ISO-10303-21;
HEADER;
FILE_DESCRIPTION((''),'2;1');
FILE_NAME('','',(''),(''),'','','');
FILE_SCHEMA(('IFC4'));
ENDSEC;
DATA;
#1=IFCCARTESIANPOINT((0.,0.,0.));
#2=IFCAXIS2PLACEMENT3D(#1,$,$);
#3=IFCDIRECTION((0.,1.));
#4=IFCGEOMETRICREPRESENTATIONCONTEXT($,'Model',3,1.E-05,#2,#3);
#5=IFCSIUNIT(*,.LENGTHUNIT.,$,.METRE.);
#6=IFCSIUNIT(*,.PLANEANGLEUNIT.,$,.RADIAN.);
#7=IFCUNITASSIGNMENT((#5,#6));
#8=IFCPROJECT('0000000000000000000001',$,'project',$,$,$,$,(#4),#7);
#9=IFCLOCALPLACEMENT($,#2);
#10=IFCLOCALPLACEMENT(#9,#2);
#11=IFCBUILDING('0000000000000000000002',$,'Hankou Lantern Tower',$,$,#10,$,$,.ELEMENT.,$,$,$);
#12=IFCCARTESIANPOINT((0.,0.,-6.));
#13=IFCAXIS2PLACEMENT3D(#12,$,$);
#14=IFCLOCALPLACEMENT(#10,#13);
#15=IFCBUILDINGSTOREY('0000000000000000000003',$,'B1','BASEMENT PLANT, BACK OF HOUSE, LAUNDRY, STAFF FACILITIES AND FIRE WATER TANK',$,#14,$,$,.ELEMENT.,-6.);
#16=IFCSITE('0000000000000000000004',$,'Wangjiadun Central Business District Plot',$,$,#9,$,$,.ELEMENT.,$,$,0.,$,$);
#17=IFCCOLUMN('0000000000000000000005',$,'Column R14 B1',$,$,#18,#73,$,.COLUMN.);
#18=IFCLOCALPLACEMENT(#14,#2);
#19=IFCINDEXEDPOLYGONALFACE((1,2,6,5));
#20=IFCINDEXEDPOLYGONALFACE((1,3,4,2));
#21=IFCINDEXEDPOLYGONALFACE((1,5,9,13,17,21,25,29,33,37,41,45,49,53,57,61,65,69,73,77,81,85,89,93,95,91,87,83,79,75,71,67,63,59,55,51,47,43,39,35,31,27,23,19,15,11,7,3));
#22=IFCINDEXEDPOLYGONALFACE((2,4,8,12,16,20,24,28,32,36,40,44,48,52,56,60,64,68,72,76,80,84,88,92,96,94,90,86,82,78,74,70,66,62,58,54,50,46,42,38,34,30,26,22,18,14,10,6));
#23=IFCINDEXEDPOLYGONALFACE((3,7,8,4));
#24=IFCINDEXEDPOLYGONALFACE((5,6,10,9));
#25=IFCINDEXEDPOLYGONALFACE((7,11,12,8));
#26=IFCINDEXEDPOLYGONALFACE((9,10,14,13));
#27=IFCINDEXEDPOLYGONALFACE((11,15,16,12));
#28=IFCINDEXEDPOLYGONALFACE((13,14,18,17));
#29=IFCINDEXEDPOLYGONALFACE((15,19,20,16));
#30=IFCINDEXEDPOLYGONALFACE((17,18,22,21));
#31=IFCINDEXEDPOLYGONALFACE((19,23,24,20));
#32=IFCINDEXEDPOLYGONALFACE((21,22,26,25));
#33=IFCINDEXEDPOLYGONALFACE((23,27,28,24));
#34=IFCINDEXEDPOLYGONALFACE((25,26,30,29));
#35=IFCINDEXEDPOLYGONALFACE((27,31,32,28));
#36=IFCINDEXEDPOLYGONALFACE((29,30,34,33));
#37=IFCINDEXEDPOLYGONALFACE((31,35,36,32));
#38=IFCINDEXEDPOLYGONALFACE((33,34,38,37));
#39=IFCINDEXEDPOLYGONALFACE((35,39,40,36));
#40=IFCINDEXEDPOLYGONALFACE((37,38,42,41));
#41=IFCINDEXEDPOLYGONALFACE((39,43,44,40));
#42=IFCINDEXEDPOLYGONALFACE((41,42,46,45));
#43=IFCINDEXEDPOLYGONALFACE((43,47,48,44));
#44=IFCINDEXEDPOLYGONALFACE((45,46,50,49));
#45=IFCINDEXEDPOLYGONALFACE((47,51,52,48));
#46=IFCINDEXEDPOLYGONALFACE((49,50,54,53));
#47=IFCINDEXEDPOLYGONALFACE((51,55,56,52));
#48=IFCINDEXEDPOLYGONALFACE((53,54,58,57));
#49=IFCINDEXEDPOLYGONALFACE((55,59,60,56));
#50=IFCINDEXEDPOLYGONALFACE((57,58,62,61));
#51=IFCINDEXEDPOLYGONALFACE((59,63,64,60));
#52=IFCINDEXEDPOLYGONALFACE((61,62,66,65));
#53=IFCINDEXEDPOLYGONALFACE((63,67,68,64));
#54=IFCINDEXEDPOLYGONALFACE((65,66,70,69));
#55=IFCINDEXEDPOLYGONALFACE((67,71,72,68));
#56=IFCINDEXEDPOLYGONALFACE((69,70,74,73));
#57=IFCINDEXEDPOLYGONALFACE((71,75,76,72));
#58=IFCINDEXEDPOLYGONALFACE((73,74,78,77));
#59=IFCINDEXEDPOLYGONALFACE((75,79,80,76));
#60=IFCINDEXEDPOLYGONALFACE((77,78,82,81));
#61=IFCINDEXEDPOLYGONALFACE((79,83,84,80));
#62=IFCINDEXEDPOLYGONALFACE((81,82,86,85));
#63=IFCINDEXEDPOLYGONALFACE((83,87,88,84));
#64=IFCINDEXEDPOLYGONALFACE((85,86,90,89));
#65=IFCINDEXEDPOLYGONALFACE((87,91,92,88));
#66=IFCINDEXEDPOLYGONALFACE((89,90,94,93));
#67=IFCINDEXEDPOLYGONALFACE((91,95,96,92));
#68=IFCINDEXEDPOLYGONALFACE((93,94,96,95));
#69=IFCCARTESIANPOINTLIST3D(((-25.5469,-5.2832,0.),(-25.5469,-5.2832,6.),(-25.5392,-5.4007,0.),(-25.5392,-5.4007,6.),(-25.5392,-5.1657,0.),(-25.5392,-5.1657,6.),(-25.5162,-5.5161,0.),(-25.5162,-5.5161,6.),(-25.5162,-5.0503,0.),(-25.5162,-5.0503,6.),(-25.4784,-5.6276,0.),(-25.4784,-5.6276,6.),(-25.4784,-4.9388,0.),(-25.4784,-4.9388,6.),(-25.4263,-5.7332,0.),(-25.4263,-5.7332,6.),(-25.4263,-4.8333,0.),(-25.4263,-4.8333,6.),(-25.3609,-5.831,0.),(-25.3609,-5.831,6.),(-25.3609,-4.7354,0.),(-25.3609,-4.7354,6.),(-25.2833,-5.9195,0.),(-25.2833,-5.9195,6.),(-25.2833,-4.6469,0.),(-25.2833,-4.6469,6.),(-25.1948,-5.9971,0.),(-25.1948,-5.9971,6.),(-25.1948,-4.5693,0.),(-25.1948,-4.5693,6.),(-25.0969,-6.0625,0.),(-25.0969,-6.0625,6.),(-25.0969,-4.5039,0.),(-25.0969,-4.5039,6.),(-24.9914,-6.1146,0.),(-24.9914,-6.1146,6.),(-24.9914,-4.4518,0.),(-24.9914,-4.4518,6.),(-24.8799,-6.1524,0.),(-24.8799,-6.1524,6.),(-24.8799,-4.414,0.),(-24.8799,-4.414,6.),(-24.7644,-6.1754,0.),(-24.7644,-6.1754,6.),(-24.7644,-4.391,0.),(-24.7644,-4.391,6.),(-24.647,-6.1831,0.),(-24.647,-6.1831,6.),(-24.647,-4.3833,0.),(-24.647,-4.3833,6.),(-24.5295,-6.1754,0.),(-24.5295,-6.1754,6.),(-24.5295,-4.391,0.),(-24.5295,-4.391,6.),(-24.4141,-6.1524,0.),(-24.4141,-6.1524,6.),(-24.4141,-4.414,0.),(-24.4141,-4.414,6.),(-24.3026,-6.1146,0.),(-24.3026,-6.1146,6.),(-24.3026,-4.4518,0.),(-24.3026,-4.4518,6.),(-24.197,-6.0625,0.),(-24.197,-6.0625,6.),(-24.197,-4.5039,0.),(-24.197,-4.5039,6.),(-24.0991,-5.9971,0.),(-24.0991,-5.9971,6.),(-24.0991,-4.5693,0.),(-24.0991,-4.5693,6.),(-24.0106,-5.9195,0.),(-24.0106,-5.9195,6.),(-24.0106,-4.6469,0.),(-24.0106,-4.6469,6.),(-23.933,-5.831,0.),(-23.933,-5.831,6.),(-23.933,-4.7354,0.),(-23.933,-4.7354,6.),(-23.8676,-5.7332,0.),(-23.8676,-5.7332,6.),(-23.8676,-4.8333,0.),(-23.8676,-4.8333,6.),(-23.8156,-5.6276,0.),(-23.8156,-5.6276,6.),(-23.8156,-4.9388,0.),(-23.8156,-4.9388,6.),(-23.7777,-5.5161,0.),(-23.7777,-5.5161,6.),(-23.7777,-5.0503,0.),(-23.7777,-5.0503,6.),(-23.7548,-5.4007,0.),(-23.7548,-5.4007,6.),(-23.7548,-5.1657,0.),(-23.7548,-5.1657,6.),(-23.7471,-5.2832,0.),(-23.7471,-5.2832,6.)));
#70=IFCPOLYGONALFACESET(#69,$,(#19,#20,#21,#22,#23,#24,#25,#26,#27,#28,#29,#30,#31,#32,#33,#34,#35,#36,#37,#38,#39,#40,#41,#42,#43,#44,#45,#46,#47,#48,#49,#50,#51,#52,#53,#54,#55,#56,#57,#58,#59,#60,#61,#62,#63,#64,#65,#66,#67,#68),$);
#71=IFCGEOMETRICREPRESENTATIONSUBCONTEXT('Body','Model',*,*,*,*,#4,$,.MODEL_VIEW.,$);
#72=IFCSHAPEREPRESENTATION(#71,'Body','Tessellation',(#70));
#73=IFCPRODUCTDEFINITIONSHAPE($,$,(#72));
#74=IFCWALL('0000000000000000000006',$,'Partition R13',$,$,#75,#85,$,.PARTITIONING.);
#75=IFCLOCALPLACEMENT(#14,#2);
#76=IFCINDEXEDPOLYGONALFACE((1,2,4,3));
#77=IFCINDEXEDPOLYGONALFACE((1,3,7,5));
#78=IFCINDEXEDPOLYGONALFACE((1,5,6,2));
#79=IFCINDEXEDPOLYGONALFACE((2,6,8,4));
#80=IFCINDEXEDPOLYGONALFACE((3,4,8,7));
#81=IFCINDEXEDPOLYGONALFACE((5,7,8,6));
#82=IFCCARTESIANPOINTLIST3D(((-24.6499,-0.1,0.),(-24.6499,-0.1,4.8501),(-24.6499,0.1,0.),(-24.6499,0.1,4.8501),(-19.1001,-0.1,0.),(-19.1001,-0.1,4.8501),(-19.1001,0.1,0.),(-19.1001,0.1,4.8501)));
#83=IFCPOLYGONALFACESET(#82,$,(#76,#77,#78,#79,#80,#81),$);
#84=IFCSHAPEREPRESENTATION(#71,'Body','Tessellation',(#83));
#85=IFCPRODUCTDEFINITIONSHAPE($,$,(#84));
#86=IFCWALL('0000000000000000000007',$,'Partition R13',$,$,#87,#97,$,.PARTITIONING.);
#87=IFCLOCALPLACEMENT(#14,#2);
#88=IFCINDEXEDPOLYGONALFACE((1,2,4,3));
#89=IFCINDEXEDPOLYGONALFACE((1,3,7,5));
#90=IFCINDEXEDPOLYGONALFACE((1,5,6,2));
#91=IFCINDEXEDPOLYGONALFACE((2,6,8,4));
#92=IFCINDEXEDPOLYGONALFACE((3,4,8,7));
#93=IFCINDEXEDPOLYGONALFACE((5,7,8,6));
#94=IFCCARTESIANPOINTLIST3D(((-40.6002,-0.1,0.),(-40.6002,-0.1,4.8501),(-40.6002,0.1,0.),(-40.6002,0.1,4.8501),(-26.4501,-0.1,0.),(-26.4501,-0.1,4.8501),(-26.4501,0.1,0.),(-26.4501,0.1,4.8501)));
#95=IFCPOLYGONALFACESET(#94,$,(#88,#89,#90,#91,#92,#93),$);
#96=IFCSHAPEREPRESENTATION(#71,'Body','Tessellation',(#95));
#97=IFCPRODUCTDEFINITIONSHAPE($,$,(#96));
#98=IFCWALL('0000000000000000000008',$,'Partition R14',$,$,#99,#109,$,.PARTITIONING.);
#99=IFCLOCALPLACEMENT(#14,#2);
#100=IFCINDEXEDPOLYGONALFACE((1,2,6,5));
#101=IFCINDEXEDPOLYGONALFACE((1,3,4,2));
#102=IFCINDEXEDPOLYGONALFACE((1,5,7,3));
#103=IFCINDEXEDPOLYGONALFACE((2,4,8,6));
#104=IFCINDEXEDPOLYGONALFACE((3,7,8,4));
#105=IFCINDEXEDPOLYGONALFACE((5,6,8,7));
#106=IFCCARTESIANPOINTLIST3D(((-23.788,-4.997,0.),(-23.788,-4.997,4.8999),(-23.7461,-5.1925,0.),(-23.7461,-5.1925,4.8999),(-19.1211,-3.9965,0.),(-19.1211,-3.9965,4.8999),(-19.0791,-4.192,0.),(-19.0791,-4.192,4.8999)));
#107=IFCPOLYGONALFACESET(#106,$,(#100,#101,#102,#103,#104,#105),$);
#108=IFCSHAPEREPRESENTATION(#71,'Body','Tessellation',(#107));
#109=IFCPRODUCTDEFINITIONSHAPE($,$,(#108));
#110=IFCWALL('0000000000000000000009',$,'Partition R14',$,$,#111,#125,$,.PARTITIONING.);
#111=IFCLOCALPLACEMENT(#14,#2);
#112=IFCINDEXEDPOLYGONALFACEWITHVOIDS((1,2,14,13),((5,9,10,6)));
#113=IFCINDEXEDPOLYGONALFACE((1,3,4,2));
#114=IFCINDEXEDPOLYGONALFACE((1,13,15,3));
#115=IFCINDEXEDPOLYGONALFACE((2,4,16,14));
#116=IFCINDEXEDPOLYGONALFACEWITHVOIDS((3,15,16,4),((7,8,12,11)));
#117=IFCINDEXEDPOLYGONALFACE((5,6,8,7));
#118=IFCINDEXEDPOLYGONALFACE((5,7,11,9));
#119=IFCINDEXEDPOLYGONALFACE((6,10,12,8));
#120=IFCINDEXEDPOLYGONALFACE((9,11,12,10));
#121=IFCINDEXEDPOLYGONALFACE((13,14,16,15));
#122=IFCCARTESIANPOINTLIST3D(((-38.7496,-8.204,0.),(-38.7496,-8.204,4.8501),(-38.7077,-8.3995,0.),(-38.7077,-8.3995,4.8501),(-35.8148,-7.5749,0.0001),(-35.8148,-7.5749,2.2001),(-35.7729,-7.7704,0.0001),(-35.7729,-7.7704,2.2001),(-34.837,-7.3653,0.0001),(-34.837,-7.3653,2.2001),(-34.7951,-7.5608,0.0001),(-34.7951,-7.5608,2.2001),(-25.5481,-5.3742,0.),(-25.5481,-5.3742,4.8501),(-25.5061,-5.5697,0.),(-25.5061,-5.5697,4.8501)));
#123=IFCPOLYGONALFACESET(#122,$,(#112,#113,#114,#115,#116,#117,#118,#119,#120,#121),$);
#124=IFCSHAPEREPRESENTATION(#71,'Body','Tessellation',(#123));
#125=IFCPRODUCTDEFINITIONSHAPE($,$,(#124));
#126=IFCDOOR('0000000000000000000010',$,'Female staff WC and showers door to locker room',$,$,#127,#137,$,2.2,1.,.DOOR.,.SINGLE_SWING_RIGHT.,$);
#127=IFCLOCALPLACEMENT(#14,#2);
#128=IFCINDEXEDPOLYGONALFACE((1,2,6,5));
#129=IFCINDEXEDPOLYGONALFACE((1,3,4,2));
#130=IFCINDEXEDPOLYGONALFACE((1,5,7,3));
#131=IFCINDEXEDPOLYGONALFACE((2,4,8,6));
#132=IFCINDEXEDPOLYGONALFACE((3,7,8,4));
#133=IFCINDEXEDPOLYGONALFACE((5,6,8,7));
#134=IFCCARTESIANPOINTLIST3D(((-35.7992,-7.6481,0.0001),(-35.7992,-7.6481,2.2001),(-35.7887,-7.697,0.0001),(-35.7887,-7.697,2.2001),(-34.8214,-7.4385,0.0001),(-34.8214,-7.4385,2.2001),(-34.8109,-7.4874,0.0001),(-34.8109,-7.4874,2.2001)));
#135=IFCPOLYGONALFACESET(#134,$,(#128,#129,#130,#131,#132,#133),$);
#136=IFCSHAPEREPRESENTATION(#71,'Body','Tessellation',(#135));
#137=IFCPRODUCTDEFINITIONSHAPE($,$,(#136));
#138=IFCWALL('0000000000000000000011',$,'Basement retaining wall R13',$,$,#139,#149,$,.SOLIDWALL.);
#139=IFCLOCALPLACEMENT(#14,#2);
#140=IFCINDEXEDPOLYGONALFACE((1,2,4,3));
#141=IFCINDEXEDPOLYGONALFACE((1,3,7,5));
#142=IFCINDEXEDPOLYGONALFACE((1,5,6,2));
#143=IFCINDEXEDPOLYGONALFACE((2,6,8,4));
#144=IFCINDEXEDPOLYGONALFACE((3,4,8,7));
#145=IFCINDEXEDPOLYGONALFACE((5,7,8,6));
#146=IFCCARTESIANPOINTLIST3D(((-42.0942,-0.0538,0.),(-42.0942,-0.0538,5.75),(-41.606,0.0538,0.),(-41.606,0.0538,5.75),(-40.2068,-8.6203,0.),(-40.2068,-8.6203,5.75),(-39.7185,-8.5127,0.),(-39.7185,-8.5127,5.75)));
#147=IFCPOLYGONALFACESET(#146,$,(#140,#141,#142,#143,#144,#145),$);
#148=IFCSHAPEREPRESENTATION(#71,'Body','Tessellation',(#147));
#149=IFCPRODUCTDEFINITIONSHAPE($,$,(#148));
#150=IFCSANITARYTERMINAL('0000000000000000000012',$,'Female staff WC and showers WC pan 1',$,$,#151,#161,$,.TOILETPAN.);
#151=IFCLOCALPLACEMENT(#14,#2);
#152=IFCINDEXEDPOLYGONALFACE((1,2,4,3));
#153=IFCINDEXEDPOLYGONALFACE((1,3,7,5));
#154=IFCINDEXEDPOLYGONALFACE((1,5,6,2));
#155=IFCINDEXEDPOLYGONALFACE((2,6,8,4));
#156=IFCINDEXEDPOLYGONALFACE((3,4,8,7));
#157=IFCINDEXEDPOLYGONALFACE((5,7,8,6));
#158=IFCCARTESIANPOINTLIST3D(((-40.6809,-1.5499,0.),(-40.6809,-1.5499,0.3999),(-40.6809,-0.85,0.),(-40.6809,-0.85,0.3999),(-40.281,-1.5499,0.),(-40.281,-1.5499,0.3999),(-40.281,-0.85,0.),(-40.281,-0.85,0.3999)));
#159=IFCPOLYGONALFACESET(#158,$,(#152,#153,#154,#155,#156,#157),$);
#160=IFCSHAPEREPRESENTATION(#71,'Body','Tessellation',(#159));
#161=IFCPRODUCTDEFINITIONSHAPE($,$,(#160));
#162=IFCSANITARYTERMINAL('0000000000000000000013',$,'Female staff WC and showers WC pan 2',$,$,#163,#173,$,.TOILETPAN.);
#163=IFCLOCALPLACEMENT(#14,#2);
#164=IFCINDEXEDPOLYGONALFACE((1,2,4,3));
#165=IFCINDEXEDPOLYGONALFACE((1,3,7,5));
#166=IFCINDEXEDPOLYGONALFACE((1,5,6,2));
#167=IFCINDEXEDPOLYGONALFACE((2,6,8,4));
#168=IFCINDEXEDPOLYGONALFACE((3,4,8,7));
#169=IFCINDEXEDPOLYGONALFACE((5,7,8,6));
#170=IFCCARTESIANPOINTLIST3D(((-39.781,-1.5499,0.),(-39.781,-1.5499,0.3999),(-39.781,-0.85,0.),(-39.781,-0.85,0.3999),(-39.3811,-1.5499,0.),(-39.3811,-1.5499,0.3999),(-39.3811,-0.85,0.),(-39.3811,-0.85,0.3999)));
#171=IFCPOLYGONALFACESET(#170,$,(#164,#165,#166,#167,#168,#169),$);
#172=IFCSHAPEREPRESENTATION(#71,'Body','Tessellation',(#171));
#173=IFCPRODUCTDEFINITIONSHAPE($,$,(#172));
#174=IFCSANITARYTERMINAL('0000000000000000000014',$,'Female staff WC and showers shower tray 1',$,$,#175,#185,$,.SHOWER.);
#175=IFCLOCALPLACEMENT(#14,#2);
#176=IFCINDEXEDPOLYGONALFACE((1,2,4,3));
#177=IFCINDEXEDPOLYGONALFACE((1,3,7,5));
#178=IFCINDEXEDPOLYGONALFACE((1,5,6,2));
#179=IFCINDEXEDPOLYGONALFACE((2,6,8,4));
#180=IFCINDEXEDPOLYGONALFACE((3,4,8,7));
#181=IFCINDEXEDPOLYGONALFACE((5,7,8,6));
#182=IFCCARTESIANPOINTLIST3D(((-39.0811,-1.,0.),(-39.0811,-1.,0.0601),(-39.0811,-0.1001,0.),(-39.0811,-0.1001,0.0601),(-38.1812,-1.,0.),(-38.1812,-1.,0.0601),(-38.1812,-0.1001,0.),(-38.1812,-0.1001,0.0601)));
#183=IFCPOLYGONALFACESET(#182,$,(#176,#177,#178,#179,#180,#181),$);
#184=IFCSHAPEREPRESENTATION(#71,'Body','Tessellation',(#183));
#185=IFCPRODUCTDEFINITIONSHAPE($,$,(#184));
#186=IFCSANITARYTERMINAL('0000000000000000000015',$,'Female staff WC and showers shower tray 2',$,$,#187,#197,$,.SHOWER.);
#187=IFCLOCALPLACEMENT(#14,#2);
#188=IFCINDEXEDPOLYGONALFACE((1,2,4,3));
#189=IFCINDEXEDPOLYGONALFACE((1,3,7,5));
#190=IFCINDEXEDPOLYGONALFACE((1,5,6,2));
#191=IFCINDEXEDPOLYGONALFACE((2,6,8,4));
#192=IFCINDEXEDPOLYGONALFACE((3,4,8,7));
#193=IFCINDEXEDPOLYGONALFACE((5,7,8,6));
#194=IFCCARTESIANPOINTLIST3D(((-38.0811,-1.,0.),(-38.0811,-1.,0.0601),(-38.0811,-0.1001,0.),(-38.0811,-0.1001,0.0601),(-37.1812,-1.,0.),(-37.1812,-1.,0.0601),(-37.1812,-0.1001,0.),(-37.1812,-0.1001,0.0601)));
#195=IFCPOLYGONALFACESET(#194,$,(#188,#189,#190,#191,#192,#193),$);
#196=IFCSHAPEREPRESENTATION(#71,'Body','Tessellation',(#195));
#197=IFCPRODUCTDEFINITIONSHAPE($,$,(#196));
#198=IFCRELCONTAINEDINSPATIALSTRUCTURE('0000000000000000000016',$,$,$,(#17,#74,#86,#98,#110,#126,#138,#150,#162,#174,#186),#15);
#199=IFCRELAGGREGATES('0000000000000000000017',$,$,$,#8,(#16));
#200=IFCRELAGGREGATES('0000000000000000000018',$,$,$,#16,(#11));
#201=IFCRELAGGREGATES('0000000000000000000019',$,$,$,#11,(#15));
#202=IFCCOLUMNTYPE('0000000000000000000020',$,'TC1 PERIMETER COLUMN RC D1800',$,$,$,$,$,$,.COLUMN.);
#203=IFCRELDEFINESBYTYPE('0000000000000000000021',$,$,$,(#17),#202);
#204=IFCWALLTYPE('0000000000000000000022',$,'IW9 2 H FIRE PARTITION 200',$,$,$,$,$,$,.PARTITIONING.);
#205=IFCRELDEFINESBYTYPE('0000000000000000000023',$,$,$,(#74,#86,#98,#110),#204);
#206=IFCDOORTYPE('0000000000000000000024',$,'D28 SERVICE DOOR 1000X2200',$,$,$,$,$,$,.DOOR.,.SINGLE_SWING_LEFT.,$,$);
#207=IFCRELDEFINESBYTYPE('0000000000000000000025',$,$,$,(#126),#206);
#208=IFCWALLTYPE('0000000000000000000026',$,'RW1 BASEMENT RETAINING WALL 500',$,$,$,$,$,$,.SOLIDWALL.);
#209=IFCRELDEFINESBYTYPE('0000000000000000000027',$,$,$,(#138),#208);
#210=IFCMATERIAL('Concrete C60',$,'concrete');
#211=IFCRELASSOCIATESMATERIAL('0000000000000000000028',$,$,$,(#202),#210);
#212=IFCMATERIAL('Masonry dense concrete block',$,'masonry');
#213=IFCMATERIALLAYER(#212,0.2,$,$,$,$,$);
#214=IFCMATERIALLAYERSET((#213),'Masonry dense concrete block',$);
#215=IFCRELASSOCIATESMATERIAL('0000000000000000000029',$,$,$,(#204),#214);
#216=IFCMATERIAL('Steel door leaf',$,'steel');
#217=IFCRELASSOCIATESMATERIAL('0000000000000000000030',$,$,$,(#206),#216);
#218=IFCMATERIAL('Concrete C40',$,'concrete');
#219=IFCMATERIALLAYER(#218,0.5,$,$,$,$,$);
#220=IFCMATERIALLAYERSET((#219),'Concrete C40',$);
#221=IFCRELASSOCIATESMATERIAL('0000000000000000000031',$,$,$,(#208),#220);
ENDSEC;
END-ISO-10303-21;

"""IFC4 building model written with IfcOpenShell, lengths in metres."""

from ifc_helpers import new_model, si_unit, direction, frame, frame_2d, origin, origin_2d, place, context, subcontext, project, spatial, rectangle, circle, extrude, material, layer, layer_set, material_profile, profile_set, type_object, element, fill, save


model = new_model("IFC4")

# Units and contexts
model_context = context("Model", 3, precision=1e-05, world=origin(), true_north=direction((0.0, 1.0)))
body_context = subcontext(model_context, "Body", "Model", "MODEL_VIEW")
ifc_project = project(units=[si_unit("LENGTHUNIT", "METRE"), si_unit("PLANEANGLEUNIT", "RADIAN")], contexts=[model_context])

# Site, building, storey
site_placement = place(None, origin())
site = spatial("IfcSite", under=ifc_project, at=site_placement, Name="Wangjiadun Central Business District Plot", CompositionType="ELEMENT", RefElevation=0.0)
building_placement = place(site_placement, origin())
building = spatial("IfcBuilding", under=site, at=building_placement, Name="Hankou Lantern Tower", CompositionType="ELEMENT")
storey_placement = place(building_placement, frame((0.0, 0.0, -6.0)))
storey = spatial("IfcBuildingStorey", under=building, at=storey_placement, Name="B1", Description="BASEMENT PLANT, BACK OF HOUSE, LAUNDRY, STAFF FACILITIES AND FIRE WATER TANK", CompositionType="ELEMENT", Elevation=-6.0)

# Column
ifc_material_1 = material(Name="Concrete C60", Category="concrete")
ifc_material_profile_1 = material_profile(ifc_material_1, circle(Radius=0.8999, at=origin_2d()), Name="RC D1800")
ifc_profile_set_1 = profile_set([ifc_material_profile_1], Name="Concrete C60")
column_type_1 = type_object("IfcColumnType", Name="TC1 PERIMETER COLUMN RC D1800", PredefinedType="COLUMN", material=ifc_profile_set_1)
for number, where, z_axis, x_axis, name in (
    (1, (-24.647, -5.2832, 0.0), (0.0, 0.0, 1.0), (1.0, 0.0, 0.0), "Column R14 B1"),
):
    element("IfcColumn", number, at=place(storey_placement, frame(where, z_axis=z_axis, x_axis=x_axis)), inside=storey, type_object=column_type_1, Name=name, PredefinedType="COLUMN", context=body_context, shape_type="SweptSolid", body=[
        extrude(circle(Radius=0.8999, at=origin_2d()), origin(), (0.0, 0.0, 1.0), 6.0),
    ])

# Walls
ifc_material_2 = material(Name="Masonry dense concrete block", Category="masonry")
ifc_layer_1 = layer(ifc_material_2, 0.2)
ifc_layer_set_1 = layer_set([ifc_layer_1], Name="Masonry dense concrete block")
wall_type_1 = type_object("IfcWallType", Name="IW9 2 H FIRE PARTITION 200", PredefinedType="PARTITIONING", material=ifc_layer_set_1)
wall_1_placement = place(storey_placement, frame((-19.1001, 0.0, 0.0), z_axis=(0.0, 0.0, 1.0), x_axis=(-1.0, 0.0, 0.0)))
element("IfcWall", 2, at=wall_1_placement, inside=storey, type_object=wall_type_1, Name="Partition R13", PredefinedType="PARTITIONING", context=body_context, shape_type="SweptSolid", body=[
    extrude(rectangle(XDim=5.5498, YDim=0.2, at=frame_2d((2.7749, 0.0))), origin(), (0.0, 0.0, 1.0), 4.8501),
])
wall_2_placement = place(storey_placement, frame((-26.45, 0.0, 0.0), z_axis=(0.0, 0.0, 1.0), x_axis=(-1.0, 0.0, 0.0)))
element("IfcWall", 3, at=wall_2_placement, inside=storey, type_object=wall_type_1, Name="Partition R13", PredefinedType="PARTITIONING", context=body_context, shape_type="SweptSolid", body=[
    extrude(rectangle(XDim=14.1501, YDim=0.2, at=frame_2d((7.0752, 0.0))), origin(), (0.0, 0.0, 1.0), 4.8501),
])
wall_3_placement = place(storey_placement, frame((-19.1001, -4.0942, 0.0), z_axis=(0.0, 0.0, 1.0), x_axis=(-0.977784, -0.209613, 0.0)))
element("IfcWall", 4, at=wall_3_placement, inside=storey, type_object=wall_type_1, Name="Partition R14", PredefinedType="PARTITIONING", context=body_context, shape_type="SweptSolid", body=[
    extrude(rectangle(XDim=4.7729, YDim=0.2, at=frame_2d((2.3865, 0.0))), origin(), (0.0, 0.0, 1.0), 4.8999),
])

# Wall, opening, door
wall_4_placement = place(storey_placement, frame((-25.5271, -5.4719, 0.0), z_axis=(0.0, 0.0, 1.0), x_axis=(-0.977789, -0.209593, 0.0)))
wall_4 = element("IfcWall", 5, at=wall_4_placement, inside=storey, type_object=wall_type_1, Name="Partition R14", PredefinedType="PARTITIONING", context=body_context, shape_type="SweptSolid", body=[
    extrude(rectangle(XDim=13.5015, YDim=0.2, at=frame_2d((6.7507, 0.0))), origin(), (0.0, 0.0, 1.0), 4.8501),
])
opening_placement = place(wall_4_placement, frame((9.5, 0.0, 0.0)))
opening = element("IfcOpeningElement", 6, at=opening_placement, cuts=wall_4, PredefinedType="OPENING", context=body_context, shape_type="SweptSolid", body=[
    extrude(rectangle(XDim=1.0, YDim=2.2, at=frame_2d((0.5, 1.1001))), frame((0.0, 0.1099, 0.0), z_axis=(0.0, -1.0, 0.0), x_axis=(1.0, 0.0, 0.0)), (0.0, 0.0, 1.0), 0.22),
])
ifc_material_3 = material(Name="Steel door leaf", Category="steel")
door_type = type_object("IfcDoorType", Name="D28 SERVICE DOOR 1000X2200", OperationType="SINGLE_SWING_LEFT", PredefinedType="DOOR", material=ifc_material_3)
door_placement = place(opening_placement, origin())
door = element("IfcDoor", 7, at=door_placement, inside=storey, type_object=door_type, Name="Female staff WC and showers door to locker room", OperationType="SINGLE_SWING_RIGHT", OverallHeight=2.2, OverallWidth=1.0, PredefinedType="DOOR", context=body_context, shape_type="SweptSolid", body=[
    extrude(rectangle(XDim=1.0, YDim=2.2, at=frame_2d((0.5, 1.1001))), frame((0.0, 0.0249, 0.0), z_axis=(0.0, -1.0, 0.0), x_axis=(1.0, 0.0, 0.0)), (0.0, 0.0, 1.0), 0.05),
])
fill(opening, door)

# Wall
ifc_material_4 = material(Name="Concrete C40", Category="concrete")
ifc_layer_2 = layer(ifc_material_4, 0.5)
ifc_layer_set_2 = layer_set([ifc_layer_2], Name="Concrete C40")
wall_type_2 = type_object("IfcWallType", Name="RW1 BASEMENT RETAINING WALL 500", PredefinedType="SOLIDWALL", material=ifc_layer_set_2)
wall_5_placement = place(storey_placement, frame((-41.8501, 0.0, 0.0), z_axis=(0.0, 0.0, 1.0), x_axis=(0.215171, -0.976576, 0.0)))
element("IfcWall", 8, at=wall_5_placement, inside=storey, type_object=wall_type_2, Name="Basement retaining wall R13", PredefinedType="SOLIDWALL", context=body_context, shape_type="SweptSolid", body=[
    extrude(rectangle(XDim=8.772, YDim=0.5, at=frame_2d((4.386, 0.0))), origin(), (0.0, 0.0, 1.0), 5.75),
])

# Sanitary terminals
for number, where, z_axis, x_axis, name in (
    (9, (-40.481, -1.2, 0.0), (0.0, 0.0, 1.0), (1.0, 0.0, 0.0), "Female staff WC and showers WC pan 1"),
    (10, (-39.5811, -1.2, 0.0), (0.0, 0.0, 1.0), (1.0, 0.0, 0.0), "Female staff WC and showers WC pan 2"),
):
    element("IfcSanitaryTerminal", number, at=place(storey_placement, frame(where, z_axis=z_axis, x_axis=x_axis)), inside=storey, Name=name, PredefinedType="TOILETPAN", context=body_context, shape_type="SweptSolid", body=[
        extrude(rectangle(XDim=0.3999, YDim=0.7, at=origin_2d()), origin(), (0.0, 0.0, 1.0), 0.3999),
    ])
for number, where, z_axis, x_axis, name in (
    (11, (-38.6311, -0.55, 0.0), (0.0, 0.0, 1.0), (1.0, 0.0, 0.0), "Female staff WC and showers shower tray 1"),
    (12, (-37.6311, -0.55, 0.0), (0.0, 0.0, 1.0), (1.0, 0.0, 0.0), "Female staff WC and showers shower tray 2"),
):
    element("IfcSanitaryTerminal", number, at=place(storey_placement, frame(where, z_axis=z_axis, x_axis=x_axis)), inside=storey, Name=name, PredefinedType="SHOWER", context=body_context, shape_type="SweptSolid", body=[
        extrude(rectangle(XDim=0.8999, YDim=0.8999, at=origin_2d()), origin(), (0.0, 0.0, 1.0), 0.0601),
    ])

save(model, "model.ifc")
